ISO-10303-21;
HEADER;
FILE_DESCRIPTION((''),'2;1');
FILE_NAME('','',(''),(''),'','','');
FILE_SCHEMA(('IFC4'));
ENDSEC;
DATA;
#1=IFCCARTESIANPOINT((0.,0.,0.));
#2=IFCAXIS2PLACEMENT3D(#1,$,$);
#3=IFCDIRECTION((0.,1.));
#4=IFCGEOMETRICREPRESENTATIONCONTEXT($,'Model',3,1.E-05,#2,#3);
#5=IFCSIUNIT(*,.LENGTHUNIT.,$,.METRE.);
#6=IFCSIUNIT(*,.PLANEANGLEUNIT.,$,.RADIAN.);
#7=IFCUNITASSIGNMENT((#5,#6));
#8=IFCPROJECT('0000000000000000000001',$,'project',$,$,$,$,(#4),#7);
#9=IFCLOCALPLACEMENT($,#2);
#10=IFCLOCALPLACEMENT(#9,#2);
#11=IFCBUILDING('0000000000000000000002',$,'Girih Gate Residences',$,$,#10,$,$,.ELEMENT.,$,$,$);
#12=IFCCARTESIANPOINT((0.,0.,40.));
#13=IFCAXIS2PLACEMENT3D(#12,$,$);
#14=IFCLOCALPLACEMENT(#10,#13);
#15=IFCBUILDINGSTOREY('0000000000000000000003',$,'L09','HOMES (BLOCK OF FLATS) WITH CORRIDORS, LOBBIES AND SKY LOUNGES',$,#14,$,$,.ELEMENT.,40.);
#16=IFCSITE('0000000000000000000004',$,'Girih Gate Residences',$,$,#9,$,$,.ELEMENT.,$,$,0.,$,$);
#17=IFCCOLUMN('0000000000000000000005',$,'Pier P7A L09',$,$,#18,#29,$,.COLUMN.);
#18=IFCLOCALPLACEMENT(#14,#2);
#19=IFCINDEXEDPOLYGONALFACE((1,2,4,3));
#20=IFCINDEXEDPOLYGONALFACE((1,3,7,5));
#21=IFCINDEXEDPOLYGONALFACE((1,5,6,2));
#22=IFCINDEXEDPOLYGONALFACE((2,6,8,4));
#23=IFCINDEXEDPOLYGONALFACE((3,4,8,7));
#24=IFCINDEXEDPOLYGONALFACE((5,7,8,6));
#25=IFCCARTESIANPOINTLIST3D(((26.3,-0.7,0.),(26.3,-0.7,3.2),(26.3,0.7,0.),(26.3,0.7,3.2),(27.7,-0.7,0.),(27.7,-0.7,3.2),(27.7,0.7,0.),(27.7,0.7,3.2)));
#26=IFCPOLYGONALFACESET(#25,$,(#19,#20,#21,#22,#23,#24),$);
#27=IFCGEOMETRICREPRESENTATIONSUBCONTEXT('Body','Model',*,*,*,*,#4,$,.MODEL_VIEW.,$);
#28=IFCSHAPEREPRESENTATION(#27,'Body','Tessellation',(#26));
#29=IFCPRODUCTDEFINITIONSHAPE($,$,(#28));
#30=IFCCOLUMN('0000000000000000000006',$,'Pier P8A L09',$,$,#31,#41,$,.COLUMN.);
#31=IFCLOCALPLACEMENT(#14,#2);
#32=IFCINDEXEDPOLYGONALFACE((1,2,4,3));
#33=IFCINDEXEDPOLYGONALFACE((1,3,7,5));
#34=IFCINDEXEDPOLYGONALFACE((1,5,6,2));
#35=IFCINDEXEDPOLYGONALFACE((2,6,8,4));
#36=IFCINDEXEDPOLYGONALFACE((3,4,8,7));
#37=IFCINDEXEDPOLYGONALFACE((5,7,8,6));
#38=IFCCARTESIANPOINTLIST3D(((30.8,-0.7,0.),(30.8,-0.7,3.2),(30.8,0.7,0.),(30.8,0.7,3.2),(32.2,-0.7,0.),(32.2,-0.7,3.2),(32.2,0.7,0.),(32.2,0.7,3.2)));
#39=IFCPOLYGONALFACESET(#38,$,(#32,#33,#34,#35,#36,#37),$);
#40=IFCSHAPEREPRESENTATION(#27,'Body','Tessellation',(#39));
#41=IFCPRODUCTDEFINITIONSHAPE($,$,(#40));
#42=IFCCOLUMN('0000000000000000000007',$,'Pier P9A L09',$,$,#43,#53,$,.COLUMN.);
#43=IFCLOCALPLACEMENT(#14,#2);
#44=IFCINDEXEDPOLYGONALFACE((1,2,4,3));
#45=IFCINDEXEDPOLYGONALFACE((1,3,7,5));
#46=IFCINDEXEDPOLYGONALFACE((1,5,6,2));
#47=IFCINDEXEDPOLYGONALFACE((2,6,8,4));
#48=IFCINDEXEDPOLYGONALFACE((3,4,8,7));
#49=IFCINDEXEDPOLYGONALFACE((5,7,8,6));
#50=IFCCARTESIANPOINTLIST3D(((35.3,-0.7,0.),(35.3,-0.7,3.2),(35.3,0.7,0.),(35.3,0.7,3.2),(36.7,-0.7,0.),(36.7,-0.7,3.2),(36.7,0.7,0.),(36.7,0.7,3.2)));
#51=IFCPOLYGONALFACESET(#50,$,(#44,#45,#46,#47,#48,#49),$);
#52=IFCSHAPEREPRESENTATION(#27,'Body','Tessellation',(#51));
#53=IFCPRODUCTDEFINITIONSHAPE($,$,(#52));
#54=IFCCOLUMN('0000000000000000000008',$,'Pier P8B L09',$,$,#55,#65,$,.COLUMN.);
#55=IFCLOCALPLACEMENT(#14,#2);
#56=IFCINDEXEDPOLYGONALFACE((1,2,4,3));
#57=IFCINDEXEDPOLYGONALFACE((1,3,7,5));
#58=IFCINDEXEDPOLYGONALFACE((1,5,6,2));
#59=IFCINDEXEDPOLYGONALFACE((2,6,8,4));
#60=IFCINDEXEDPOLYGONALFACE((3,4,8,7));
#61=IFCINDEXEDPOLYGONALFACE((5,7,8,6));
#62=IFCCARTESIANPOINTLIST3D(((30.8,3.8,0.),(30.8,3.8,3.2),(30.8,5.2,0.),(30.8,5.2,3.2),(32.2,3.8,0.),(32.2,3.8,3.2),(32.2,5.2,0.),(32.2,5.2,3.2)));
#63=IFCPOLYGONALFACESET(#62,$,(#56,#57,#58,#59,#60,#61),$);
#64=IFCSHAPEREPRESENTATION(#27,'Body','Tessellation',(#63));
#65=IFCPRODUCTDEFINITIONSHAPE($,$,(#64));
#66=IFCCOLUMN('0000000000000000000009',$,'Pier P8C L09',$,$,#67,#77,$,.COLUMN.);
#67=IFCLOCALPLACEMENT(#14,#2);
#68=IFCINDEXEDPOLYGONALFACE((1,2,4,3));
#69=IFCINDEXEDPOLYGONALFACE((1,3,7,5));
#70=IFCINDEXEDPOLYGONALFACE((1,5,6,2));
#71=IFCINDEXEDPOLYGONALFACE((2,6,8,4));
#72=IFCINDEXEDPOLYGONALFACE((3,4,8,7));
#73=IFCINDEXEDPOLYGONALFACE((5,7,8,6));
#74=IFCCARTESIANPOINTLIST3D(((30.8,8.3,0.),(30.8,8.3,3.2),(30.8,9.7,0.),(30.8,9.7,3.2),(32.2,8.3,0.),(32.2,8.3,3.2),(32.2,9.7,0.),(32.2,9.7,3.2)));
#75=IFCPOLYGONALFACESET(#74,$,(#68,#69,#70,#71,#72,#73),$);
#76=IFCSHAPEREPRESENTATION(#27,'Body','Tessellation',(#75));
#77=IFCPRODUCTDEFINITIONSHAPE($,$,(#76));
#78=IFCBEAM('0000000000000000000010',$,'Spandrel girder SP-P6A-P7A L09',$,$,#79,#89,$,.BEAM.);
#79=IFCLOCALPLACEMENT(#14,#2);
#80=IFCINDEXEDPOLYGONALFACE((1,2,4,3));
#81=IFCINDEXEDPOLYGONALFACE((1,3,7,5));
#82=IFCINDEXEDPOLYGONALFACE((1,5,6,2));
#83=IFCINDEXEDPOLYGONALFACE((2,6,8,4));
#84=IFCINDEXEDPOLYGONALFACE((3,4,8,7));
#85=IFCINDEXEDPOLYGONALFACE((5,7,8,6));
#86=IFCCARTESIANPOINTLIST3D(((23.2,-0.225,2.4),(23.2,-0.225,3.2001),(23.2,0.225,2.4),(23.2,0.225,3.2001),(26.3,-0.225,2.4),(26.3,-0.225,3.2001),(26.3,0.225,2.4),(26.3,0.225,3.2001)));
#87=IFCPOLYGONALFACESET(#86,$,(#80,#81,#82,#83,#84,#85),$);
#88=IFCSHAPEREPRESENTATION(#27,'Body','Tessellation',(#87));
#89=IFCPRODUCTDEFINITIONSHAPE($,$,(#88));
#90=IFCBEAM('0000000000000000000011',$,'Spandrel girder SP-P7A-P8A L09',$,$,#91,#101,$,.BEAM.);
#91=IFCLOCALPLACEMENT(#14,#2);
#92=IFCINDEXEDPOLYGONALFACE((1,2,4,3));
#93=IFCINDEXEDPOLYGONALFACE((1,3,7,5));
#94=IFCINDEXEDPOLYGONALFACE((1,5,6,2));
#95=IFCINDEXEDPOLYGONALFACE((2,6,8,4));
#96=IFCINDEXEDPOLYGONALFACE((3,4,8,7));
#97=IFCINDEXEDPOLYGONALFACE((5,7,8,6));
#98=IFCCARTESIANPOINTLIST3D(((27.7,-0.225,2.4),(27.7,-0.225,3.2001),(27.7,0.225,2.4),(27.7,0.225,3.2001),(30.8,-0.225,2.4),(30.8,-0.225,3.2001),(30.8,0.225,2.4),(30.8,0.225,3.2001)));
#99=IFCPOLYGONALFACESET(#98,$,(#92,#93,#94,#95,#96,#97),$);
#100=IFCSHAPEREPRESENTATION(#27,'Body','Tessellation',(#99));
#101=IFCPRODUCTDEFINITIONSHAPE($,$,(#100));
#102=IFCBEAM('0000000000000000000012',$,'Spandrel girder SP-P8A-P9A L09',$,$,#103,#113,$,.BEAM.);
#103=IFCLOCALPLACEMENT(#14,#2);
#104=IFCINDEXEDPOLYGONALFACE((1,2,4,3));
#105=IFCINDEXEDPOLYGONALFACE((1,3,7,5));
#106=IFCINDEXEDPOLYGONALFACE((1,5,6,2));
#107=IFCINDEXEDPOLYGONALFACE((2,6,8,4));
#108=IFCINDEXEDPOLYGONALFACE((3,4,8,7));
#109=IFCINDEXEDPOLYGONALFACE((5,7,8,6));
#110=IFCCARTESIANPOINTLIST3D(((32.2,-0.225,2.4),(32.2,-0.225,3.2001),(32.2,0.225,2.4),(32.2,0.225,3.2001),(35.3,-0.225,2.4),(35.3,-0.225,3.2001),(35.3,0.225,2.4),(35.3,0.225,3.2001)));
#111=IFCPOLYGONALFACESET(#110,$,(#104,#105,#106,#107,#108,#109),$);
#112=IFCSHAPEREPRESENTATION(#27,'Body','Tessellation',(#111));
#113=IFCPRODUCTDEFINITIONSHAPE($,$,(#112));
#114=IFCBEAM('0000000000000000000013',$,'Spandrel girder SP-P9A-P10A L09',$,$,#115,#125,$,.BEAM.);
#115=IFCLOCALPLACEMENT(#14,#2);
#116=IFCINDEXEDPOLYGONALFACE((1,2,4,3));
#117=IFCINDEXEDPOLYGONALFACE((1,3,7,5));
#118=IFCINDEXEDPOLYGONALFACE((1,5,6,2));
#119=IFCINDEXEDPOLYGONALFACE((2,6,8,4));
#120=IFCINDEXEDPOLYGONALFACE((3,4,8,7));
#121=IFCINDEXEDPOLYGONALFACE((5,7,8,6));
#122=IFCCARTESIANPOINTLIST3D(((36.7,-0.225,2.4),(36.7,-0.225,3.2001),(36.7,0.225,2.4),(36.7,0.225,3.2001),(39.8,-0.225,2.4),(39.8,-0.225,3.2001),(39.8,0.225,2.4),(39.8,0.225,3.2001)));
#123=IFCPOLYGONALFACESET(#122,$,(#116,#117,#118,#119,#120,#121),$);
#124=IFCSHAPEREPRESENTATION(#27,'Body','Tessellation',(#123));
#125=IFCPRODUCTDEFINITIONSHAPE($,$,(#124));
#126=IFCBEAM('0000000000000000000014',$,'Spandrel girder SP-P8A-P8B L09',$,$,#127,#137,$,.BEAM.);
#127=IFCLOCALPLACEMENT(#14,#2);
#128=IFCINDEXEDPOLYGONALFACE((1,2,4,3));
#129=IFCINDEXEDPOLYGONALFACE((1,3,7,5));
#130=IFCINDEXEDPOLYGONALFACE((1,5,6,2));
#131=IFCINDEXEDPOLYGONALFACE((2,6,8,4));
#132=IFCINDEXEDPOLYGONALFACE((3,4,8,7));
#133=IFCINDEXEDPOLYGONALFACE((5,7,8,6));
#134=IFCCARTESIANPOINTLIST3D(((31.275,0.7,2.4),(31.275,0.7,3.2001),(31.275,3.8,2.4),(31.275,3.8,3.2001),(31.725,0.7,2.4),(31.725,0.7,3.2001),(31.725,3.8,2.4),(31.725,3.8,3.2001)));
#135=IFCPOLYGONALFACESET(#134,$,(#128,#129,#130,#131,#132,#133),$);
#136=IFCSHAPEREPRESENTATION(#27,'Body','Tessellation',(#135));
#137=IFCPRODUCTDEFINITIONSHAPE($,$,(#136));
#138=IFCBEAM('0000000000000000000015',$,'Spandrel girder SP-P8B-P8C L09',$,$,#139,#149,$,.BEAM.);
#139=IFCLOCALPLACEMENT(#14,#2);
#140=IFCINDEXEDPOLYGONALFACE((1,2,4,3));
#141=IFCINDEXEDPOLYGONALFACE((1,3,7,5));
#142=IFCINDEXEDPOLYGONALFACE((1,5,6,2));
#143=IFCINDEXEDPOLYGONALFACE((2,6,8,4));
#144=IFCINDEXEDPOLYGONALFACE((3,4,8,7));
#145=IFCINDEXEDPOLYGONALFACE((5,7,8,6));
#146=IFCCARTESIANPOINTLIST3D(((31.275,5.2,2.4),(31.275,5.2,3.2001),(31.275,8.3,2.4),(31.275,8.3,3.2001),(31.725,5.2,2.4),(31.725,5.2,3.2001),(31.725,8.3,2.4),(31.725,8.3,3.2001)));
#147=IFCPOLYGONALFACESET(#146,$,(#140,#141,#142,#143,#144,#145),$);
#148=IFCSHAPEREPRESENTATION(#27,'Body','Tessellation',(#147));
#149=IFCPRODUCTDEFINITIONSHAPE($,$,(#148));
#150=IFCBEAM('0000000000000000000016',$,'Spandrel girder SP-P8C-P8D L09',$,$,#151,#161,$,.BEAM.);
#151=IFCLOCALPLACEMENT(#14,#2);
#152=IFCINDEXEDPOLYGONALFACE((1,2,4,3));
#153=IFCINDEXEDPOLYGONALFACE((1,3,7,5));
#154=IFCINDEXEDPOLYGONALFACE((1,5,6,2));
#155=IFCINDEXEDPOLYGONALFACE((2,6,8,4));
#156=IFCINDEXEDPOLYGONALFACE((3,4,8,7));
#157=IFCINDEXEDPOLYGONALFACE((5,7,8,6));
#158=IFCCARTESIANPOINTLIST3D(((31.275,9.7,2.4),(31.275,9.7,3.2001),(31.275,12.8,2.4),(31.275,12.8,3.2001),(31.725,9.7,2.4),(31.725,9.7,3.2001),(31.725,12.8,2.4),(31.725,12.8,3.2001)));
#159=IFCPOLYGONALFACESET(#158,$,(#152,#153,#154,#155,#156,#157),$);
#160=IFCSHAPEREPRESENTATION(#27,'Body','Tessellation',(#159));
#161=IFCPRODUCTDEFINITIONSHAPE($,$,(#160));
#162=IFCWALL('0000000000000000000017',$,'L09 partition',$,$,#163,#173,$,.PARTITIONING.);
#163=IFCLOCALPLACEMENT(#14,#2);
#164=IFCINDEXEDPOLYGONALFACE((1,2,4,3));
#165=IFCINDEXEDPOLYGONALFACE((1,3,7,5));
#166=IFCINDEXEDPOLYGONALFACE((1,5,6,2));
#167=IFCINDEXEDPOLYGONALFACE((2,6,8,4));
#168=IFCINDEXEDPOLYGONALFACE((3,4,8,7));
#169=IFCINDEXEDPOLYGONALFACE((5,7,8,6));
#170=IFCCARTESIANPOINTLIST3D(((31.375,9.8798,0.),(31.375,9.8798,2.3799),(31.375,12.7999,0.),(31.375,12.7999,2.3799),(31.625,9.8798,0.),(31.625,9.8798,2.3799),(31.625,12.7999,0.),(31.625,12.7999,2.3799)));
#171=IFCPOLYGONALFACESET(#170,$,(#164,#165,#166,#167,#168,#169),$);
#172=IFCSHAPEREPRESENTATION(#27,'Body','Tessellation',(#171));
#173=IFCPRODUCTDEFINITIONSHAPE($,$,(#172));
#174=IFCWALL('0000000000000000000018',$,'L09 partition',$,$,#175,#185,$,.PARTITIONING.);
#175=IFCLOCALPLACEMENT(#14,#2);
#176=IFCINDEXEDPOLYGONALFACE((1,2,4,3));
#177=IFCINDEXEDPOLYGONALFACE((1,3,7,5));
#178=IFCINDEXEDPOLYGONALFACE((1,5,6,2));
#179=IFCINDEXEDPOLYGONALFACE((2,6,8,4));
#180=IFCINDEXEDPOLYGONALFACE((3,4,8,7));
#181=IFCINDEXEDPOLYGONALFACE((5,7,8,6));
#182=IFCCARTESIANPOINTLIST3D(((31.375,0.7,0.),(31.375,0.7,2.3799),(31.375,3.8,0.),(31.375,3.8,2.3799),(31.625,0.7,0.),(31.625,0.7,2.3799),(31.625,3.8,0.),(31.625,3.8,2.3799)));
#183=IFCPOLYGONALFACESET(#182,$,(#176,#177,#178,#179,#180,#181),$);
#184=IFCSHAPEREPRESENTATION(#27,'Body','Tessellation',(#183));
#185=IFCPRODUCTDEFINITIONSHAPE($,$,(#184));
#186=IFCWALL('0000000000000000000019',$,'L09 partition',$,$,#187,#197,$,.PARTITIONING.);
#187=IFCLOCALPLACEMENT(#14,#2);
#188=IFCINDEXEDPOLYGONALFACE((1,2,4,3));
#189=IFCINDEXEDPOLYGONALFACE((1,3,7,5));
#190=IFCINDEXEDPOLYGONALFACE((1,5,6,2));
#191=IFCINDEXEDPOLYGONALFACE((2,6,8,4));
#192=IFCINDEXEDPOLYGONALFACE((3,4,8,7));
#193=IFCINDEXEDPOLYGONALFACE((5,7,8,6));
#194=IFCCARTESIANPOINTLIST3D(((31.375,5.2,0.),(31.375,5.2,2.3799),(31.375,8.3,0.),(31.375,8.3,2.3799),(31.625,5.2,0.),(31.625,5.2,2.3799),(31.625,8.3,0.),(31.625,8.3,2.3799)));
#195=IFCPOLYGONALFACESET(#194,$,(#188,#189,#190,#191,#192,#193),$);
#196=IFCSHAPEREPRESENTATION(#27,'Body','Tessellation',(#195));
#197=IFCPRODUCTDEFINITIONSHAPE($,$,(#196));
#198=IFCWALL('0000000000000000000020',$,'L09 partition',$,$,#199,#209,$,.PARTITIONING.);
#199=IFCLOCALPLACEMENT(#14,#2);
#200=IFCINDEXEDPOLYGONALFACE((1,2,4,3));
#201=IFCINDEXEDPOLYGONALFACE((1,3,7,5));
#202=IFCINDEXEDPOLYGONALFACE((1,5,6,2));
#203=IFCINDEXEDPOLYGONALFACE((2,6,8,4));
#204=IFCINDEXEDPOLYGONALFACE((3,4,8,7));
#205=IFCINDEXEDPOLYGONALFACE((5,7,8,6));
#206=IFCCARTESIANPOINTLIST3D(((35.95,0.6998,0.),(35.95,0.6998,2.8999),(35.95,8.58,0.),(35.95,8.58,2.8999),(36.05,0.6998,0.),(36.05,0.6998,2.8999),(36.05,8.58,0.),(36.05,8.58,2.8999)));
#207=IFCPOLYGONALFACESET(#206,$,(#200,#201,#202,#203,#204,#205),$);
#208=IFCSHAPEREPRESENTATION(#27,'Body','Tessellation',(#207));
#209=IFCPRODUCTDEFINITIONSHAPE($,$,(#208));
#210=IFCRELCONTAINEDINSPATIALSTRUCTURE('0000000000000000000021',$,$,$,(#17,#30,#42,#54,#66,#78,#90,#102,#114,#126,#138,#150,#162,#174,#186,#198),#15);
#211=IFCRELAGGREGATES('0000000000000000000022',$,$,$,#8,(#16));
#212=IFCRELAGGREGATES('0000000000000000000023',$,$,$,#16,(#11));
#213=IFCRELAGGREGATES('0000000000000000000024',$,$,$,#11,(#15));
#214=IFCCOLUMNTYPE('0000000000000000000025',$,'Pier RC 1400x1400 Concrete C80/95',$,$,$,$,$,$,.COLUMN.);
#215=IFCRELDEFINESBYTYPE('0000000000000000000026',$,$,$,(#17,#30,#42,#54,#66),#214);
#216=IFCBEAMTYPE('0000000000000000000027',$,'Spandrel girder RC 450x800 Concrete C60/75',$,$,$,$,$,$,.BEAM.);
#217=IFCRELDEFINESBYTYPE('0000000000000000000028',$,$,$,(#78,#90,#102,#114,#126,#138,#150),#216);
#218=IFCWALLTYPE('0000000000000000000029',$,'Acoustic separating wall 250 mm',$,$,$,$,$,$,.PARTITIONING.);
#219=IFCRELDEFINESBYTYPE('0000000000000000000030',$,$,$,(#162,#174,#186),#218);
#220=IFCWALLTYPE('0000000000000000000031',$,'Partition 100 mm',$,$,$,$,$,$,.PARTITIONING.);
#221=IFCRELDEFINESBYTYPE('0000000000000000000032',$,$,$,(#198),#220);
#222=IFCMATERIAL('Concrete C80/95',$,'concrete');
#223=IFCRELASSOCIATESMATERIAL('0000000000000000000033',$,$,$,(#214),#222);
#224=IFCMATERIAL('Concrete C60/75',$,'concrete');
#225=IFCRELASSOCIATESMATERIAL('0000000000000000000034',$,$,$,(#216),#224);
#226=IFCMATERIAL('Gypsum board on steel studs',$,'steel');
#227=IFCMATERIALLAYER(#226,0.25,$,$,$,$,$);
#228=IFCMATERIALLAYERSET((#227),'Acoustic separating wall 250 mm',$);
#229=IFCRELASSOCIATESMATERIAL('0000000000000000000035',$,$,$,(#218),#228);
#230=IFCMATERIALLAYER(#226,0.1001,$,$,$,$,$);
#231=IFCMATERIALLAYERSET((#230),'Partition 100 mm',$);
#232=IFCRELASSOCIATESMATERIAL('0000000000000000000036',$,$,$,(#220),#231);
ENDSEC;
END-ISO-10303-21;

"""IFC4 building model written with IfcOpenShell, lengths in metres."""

from ifc_helpers import new_model, si_unit, direction, frame, frame_2d, origin, origin_2d, place, context, subcontext, project, spatial, rectangle, extrude, material, layer, layer_set, material_profile, profile_set, type_object, element, save


model = new_model("IFC4")

# Units and contexts
model_context = context("Model", 3, precision=1e-05, world=origin(), true_north=direction((0.0, 1.0)))
body_context = subcontext(model_context, "Body", "Model", "MODEL_VIEW")
ifc_project = project(units=[si_unit("LENGTHUNIT", "METRE"), si_unit("PLANEANGLEUNIT", "RADIAN")], contexts=[model_context])

# Site, building, storey
site_placement = place(None, origin())
site = spatial("IfcSite", under=ifc_project, at=site_placement, Name="Girih Gate Residences", CompositionType="ELEMENT", RefElevation=0.0)
building_placement = place(site_placement, origin())
building = spatial("IfcBuilding", under=site, at=building_placement, Name="Girih Gate Residences", CompositionType="ELEMENT")
storey_placement = place(building_placement, frame((0.0, 0.0, 40.0)))
storey = spatial("IfcBuildingStorey", under=building, at=storey_placement, Name="L09", Description="HOMES (BLOCK OF FLATS) WITH CORRIDORS, LOBBIES AND SKY LOUNGES", CompositionType="ELEMENT", Elevation=40.0)

# Columns
ifc_material_1 = material(Name="Concrete C80/95", Category="concrete")
ifc_material_profile_1 = material_profile(ifc_material_1, rectangle(XDim=1.3999, YDim=1.3999, at=origin_2d()))
ifc_profile_set_1 = profile_set([ifc_material_profile_1], Name="Concrete C80/95")
column_type = type_object("IfcColumnType", Name="Pier RC 1400x1400 Concrete C80/95", PredefinedType="COLUMN", material=ifc_profile_set_1)
for number, where, z_axis, x_axis, name in (
    (1, (27.0, 0.0, 0.0), (0.0, 0.0, 1.0), (1.0, 0.0, 0.0), "Pier P7A L09"),
    (2, (31.5, 0.0, 0.0), (0.0, 0.0, 1.0), (1.0, 0.0, 0.0), "Pier P8A L09"),
    (3, (36.0, 0.0, 0.0), (0.0, 0.0, 1.0), (1.0, 0.0, 0.0), "Pier P9A L09"),
    (4, (31.5, 4.5, 0.0), (0.0, 0.0, 1.0), (1.0, 0.0, 0.0), "Pier P8B L09"),
    (5, (31.5, 9.0, 0.0), (0.0, 0.0, 1.0), (1.0, 0.0, 0.0), "Pier P8C L09"),
):
    element("IfcColumn", number, at=place(storey_placement, frame(where, z_axis=z_axis, x_axis=x_axis)), inside=storey, type_object=column_type, Name=name, PredefinedType="COLUMN", context=body_context, shape_type="SweptSolid", body=[
        extrude(rectangle(XDim=1.3999, YDim=1.3999, at=origin_2d()), origin(), (0.0, 0.0, 1.0), 3.2),
    ])

# Beams
ifc_material_2 = material(Name="Concrete C60/75", Category="concrete")
ifc_material_profile_2 = material_profile(ifc_material_2, rectangle(XDim=0.45, YDim=0.8, at=origin_2d()))
ifc_profile_set_2 = profile_set([ifc_material_profile_2], Name="Concrete C60/75")
beam_type = type_object("IfcBeamType", Name="Spandrel girder RC 450x800 Concrete C60/75", PredefinedType="BEAM", material=ifc_profile_set_2)
for number, where, z_axis, x_axis, name in (
    (6, (23.2, 0.0, 2.8), (1.0, 0.0, 0.0), (0.0, 1.0, 0.0), "Spandrel girder SP-P6A-P7A L09"),
    (7, (27.7, 0.0, 2.8), (1.0, 0.0, 0.0), (0.0, 1.0, 0.0), "Spandrel girder SP-P7A-P8A L09"),
    (8, (32.2, 0.0, 2.8), (1.0, 0.0, 0.0), (0.0, 1.0, 0.0), "Spandrel girder SP-P8A-P9A L09"),
    (9, (36.7, 0.0, 2.8), (1.0, 0.0, 0.0), (0.0, 1.0, 0.0), "Spandrel girder SP-P9A-P10A L09"),
    (10, (31.5, 0.7, 2.8), (0.0, 1.0, 0.0), (-1.0, 0.0, 0.0), "Spandrel girder SP-P8A-P8B L09"),
    (11, (31.5, 5.2, 2.8), (0.0, 1.0, 0.0), (-1.0, 0.0, 0.0), "Spandrel girder SP-P8B-P8C L09"),
    (12, (31.5, 9.7, 2.8), (0.0, 1.0, 0.0), (-1.0, 0.0, 0.0), "Spandrel girder SP-P8C-P8D L09"),
):
    element("IfcBeam", number, at=place(storey_placement, frame(where, z_axis=z_axis, x_axis=x_axis)), inside=storey, type_object=beam_type, Name=name, PredefinedType="BEAM", context=body_context, shape_type="SweptSolid", body=[
        extrude(rectangle(XDim=0.45, YDim=0.8, at=origin_2d()), origin(), (0.0, 0.0, 1.0), 3.1001),
    ])

# Walls
ifc_material_3 = material(Name="Gypsum board on steel studs", Category="steel")
ifc_layer_1 = layer(ifc_material_3, 0.25)
ifc_layer_set_1 = layer_set([ifc_layer_1], Name="Acoustic separating wall 250 mm")
wall_type_1 = type_object("IfcWallType", Name="Acoustic separating wall 250 mm", PredefinedType="PARTITIONING", material=ifc_layer_set_1)
wall_1_placement = place(storey_placement, frame((31.5, 9.8799, 0.0), z_axis=(0.0, 0.0, 1.0), x_axis=(0.0, 1.0, 0.0)))
element("IfcWall", 13, at=wall_1_placement, inside=storey, type_object=wall_type_1, Name="L09 partition", PredefinedType="PARTITIONING", context=body_context, shape_type="SweptSolid", body=[
    extrude(rectangle(XDim=2.9202, YDim=0.25, at=frame_2d((1.46, 0.0))), origin(), (0.0, 0.0, 1.0), 2.3799),
])
for number, where, z_axis, x_axis, name in (
    (14, (31.5, 0.7, 0.0), (0.0, 0.0, 1.0), (0.0, 1.0, 0.0), "L09 partition"),
    (15, (31.5, 5.2, 0.0), (0.0, 0.0, 1.0), (0.0, 1.0, 0.0), "L09 partition"),
):
    element("IfcWall", number, at=place(storey_placement, frame(where, z_axis=z_axis, x_axis=x_axis)), inside=storey, type_object=wall_type_1, Name=name, PredefinedType="PARTITIONING", context=body_context, shape_type="SweptSolid", body=[
        extrude(rectangle(XDim=3.1001, YDim=0.25, at=frame_2d((1.55, 0.0))), origin(), (0.0, 0.0, 1.0), 2.3799),
    ])
ifc_layer_2 = layer(ifc_material_3, 0.1001)
ifc_layer_set_2 = layer_set([ifc_layer_2], Name="Partition 100 mm")
wall_type_2 = type_object("IfcWallType", Name="Partition 100 mm", PredefinedType="PARTITIONING", material=ifc_layer_set_2)
wall_2_placement = place(storey_placement, frame((36.0, 0.7, 0.0), z_axis=(0.0, 0.0, 1.0), x_axis=(0.0, 1.0, 0.0)))
element("IfcWall", 16, at=wall_2_placement, inside=storey, type_object=wall_type_2, Name="L09 partition", PredefinedType="PARTITIONING", context=body_context, shape_type="SweptSolid", body=[
    extrude(rectangle(XDim=7.8801, YDim=0.1001, at=frame_2d((3.9399, 0.0))), origin(), (0.0, 0.0, 1.0), 2.8999),
])

save(model, "model.ifc")
